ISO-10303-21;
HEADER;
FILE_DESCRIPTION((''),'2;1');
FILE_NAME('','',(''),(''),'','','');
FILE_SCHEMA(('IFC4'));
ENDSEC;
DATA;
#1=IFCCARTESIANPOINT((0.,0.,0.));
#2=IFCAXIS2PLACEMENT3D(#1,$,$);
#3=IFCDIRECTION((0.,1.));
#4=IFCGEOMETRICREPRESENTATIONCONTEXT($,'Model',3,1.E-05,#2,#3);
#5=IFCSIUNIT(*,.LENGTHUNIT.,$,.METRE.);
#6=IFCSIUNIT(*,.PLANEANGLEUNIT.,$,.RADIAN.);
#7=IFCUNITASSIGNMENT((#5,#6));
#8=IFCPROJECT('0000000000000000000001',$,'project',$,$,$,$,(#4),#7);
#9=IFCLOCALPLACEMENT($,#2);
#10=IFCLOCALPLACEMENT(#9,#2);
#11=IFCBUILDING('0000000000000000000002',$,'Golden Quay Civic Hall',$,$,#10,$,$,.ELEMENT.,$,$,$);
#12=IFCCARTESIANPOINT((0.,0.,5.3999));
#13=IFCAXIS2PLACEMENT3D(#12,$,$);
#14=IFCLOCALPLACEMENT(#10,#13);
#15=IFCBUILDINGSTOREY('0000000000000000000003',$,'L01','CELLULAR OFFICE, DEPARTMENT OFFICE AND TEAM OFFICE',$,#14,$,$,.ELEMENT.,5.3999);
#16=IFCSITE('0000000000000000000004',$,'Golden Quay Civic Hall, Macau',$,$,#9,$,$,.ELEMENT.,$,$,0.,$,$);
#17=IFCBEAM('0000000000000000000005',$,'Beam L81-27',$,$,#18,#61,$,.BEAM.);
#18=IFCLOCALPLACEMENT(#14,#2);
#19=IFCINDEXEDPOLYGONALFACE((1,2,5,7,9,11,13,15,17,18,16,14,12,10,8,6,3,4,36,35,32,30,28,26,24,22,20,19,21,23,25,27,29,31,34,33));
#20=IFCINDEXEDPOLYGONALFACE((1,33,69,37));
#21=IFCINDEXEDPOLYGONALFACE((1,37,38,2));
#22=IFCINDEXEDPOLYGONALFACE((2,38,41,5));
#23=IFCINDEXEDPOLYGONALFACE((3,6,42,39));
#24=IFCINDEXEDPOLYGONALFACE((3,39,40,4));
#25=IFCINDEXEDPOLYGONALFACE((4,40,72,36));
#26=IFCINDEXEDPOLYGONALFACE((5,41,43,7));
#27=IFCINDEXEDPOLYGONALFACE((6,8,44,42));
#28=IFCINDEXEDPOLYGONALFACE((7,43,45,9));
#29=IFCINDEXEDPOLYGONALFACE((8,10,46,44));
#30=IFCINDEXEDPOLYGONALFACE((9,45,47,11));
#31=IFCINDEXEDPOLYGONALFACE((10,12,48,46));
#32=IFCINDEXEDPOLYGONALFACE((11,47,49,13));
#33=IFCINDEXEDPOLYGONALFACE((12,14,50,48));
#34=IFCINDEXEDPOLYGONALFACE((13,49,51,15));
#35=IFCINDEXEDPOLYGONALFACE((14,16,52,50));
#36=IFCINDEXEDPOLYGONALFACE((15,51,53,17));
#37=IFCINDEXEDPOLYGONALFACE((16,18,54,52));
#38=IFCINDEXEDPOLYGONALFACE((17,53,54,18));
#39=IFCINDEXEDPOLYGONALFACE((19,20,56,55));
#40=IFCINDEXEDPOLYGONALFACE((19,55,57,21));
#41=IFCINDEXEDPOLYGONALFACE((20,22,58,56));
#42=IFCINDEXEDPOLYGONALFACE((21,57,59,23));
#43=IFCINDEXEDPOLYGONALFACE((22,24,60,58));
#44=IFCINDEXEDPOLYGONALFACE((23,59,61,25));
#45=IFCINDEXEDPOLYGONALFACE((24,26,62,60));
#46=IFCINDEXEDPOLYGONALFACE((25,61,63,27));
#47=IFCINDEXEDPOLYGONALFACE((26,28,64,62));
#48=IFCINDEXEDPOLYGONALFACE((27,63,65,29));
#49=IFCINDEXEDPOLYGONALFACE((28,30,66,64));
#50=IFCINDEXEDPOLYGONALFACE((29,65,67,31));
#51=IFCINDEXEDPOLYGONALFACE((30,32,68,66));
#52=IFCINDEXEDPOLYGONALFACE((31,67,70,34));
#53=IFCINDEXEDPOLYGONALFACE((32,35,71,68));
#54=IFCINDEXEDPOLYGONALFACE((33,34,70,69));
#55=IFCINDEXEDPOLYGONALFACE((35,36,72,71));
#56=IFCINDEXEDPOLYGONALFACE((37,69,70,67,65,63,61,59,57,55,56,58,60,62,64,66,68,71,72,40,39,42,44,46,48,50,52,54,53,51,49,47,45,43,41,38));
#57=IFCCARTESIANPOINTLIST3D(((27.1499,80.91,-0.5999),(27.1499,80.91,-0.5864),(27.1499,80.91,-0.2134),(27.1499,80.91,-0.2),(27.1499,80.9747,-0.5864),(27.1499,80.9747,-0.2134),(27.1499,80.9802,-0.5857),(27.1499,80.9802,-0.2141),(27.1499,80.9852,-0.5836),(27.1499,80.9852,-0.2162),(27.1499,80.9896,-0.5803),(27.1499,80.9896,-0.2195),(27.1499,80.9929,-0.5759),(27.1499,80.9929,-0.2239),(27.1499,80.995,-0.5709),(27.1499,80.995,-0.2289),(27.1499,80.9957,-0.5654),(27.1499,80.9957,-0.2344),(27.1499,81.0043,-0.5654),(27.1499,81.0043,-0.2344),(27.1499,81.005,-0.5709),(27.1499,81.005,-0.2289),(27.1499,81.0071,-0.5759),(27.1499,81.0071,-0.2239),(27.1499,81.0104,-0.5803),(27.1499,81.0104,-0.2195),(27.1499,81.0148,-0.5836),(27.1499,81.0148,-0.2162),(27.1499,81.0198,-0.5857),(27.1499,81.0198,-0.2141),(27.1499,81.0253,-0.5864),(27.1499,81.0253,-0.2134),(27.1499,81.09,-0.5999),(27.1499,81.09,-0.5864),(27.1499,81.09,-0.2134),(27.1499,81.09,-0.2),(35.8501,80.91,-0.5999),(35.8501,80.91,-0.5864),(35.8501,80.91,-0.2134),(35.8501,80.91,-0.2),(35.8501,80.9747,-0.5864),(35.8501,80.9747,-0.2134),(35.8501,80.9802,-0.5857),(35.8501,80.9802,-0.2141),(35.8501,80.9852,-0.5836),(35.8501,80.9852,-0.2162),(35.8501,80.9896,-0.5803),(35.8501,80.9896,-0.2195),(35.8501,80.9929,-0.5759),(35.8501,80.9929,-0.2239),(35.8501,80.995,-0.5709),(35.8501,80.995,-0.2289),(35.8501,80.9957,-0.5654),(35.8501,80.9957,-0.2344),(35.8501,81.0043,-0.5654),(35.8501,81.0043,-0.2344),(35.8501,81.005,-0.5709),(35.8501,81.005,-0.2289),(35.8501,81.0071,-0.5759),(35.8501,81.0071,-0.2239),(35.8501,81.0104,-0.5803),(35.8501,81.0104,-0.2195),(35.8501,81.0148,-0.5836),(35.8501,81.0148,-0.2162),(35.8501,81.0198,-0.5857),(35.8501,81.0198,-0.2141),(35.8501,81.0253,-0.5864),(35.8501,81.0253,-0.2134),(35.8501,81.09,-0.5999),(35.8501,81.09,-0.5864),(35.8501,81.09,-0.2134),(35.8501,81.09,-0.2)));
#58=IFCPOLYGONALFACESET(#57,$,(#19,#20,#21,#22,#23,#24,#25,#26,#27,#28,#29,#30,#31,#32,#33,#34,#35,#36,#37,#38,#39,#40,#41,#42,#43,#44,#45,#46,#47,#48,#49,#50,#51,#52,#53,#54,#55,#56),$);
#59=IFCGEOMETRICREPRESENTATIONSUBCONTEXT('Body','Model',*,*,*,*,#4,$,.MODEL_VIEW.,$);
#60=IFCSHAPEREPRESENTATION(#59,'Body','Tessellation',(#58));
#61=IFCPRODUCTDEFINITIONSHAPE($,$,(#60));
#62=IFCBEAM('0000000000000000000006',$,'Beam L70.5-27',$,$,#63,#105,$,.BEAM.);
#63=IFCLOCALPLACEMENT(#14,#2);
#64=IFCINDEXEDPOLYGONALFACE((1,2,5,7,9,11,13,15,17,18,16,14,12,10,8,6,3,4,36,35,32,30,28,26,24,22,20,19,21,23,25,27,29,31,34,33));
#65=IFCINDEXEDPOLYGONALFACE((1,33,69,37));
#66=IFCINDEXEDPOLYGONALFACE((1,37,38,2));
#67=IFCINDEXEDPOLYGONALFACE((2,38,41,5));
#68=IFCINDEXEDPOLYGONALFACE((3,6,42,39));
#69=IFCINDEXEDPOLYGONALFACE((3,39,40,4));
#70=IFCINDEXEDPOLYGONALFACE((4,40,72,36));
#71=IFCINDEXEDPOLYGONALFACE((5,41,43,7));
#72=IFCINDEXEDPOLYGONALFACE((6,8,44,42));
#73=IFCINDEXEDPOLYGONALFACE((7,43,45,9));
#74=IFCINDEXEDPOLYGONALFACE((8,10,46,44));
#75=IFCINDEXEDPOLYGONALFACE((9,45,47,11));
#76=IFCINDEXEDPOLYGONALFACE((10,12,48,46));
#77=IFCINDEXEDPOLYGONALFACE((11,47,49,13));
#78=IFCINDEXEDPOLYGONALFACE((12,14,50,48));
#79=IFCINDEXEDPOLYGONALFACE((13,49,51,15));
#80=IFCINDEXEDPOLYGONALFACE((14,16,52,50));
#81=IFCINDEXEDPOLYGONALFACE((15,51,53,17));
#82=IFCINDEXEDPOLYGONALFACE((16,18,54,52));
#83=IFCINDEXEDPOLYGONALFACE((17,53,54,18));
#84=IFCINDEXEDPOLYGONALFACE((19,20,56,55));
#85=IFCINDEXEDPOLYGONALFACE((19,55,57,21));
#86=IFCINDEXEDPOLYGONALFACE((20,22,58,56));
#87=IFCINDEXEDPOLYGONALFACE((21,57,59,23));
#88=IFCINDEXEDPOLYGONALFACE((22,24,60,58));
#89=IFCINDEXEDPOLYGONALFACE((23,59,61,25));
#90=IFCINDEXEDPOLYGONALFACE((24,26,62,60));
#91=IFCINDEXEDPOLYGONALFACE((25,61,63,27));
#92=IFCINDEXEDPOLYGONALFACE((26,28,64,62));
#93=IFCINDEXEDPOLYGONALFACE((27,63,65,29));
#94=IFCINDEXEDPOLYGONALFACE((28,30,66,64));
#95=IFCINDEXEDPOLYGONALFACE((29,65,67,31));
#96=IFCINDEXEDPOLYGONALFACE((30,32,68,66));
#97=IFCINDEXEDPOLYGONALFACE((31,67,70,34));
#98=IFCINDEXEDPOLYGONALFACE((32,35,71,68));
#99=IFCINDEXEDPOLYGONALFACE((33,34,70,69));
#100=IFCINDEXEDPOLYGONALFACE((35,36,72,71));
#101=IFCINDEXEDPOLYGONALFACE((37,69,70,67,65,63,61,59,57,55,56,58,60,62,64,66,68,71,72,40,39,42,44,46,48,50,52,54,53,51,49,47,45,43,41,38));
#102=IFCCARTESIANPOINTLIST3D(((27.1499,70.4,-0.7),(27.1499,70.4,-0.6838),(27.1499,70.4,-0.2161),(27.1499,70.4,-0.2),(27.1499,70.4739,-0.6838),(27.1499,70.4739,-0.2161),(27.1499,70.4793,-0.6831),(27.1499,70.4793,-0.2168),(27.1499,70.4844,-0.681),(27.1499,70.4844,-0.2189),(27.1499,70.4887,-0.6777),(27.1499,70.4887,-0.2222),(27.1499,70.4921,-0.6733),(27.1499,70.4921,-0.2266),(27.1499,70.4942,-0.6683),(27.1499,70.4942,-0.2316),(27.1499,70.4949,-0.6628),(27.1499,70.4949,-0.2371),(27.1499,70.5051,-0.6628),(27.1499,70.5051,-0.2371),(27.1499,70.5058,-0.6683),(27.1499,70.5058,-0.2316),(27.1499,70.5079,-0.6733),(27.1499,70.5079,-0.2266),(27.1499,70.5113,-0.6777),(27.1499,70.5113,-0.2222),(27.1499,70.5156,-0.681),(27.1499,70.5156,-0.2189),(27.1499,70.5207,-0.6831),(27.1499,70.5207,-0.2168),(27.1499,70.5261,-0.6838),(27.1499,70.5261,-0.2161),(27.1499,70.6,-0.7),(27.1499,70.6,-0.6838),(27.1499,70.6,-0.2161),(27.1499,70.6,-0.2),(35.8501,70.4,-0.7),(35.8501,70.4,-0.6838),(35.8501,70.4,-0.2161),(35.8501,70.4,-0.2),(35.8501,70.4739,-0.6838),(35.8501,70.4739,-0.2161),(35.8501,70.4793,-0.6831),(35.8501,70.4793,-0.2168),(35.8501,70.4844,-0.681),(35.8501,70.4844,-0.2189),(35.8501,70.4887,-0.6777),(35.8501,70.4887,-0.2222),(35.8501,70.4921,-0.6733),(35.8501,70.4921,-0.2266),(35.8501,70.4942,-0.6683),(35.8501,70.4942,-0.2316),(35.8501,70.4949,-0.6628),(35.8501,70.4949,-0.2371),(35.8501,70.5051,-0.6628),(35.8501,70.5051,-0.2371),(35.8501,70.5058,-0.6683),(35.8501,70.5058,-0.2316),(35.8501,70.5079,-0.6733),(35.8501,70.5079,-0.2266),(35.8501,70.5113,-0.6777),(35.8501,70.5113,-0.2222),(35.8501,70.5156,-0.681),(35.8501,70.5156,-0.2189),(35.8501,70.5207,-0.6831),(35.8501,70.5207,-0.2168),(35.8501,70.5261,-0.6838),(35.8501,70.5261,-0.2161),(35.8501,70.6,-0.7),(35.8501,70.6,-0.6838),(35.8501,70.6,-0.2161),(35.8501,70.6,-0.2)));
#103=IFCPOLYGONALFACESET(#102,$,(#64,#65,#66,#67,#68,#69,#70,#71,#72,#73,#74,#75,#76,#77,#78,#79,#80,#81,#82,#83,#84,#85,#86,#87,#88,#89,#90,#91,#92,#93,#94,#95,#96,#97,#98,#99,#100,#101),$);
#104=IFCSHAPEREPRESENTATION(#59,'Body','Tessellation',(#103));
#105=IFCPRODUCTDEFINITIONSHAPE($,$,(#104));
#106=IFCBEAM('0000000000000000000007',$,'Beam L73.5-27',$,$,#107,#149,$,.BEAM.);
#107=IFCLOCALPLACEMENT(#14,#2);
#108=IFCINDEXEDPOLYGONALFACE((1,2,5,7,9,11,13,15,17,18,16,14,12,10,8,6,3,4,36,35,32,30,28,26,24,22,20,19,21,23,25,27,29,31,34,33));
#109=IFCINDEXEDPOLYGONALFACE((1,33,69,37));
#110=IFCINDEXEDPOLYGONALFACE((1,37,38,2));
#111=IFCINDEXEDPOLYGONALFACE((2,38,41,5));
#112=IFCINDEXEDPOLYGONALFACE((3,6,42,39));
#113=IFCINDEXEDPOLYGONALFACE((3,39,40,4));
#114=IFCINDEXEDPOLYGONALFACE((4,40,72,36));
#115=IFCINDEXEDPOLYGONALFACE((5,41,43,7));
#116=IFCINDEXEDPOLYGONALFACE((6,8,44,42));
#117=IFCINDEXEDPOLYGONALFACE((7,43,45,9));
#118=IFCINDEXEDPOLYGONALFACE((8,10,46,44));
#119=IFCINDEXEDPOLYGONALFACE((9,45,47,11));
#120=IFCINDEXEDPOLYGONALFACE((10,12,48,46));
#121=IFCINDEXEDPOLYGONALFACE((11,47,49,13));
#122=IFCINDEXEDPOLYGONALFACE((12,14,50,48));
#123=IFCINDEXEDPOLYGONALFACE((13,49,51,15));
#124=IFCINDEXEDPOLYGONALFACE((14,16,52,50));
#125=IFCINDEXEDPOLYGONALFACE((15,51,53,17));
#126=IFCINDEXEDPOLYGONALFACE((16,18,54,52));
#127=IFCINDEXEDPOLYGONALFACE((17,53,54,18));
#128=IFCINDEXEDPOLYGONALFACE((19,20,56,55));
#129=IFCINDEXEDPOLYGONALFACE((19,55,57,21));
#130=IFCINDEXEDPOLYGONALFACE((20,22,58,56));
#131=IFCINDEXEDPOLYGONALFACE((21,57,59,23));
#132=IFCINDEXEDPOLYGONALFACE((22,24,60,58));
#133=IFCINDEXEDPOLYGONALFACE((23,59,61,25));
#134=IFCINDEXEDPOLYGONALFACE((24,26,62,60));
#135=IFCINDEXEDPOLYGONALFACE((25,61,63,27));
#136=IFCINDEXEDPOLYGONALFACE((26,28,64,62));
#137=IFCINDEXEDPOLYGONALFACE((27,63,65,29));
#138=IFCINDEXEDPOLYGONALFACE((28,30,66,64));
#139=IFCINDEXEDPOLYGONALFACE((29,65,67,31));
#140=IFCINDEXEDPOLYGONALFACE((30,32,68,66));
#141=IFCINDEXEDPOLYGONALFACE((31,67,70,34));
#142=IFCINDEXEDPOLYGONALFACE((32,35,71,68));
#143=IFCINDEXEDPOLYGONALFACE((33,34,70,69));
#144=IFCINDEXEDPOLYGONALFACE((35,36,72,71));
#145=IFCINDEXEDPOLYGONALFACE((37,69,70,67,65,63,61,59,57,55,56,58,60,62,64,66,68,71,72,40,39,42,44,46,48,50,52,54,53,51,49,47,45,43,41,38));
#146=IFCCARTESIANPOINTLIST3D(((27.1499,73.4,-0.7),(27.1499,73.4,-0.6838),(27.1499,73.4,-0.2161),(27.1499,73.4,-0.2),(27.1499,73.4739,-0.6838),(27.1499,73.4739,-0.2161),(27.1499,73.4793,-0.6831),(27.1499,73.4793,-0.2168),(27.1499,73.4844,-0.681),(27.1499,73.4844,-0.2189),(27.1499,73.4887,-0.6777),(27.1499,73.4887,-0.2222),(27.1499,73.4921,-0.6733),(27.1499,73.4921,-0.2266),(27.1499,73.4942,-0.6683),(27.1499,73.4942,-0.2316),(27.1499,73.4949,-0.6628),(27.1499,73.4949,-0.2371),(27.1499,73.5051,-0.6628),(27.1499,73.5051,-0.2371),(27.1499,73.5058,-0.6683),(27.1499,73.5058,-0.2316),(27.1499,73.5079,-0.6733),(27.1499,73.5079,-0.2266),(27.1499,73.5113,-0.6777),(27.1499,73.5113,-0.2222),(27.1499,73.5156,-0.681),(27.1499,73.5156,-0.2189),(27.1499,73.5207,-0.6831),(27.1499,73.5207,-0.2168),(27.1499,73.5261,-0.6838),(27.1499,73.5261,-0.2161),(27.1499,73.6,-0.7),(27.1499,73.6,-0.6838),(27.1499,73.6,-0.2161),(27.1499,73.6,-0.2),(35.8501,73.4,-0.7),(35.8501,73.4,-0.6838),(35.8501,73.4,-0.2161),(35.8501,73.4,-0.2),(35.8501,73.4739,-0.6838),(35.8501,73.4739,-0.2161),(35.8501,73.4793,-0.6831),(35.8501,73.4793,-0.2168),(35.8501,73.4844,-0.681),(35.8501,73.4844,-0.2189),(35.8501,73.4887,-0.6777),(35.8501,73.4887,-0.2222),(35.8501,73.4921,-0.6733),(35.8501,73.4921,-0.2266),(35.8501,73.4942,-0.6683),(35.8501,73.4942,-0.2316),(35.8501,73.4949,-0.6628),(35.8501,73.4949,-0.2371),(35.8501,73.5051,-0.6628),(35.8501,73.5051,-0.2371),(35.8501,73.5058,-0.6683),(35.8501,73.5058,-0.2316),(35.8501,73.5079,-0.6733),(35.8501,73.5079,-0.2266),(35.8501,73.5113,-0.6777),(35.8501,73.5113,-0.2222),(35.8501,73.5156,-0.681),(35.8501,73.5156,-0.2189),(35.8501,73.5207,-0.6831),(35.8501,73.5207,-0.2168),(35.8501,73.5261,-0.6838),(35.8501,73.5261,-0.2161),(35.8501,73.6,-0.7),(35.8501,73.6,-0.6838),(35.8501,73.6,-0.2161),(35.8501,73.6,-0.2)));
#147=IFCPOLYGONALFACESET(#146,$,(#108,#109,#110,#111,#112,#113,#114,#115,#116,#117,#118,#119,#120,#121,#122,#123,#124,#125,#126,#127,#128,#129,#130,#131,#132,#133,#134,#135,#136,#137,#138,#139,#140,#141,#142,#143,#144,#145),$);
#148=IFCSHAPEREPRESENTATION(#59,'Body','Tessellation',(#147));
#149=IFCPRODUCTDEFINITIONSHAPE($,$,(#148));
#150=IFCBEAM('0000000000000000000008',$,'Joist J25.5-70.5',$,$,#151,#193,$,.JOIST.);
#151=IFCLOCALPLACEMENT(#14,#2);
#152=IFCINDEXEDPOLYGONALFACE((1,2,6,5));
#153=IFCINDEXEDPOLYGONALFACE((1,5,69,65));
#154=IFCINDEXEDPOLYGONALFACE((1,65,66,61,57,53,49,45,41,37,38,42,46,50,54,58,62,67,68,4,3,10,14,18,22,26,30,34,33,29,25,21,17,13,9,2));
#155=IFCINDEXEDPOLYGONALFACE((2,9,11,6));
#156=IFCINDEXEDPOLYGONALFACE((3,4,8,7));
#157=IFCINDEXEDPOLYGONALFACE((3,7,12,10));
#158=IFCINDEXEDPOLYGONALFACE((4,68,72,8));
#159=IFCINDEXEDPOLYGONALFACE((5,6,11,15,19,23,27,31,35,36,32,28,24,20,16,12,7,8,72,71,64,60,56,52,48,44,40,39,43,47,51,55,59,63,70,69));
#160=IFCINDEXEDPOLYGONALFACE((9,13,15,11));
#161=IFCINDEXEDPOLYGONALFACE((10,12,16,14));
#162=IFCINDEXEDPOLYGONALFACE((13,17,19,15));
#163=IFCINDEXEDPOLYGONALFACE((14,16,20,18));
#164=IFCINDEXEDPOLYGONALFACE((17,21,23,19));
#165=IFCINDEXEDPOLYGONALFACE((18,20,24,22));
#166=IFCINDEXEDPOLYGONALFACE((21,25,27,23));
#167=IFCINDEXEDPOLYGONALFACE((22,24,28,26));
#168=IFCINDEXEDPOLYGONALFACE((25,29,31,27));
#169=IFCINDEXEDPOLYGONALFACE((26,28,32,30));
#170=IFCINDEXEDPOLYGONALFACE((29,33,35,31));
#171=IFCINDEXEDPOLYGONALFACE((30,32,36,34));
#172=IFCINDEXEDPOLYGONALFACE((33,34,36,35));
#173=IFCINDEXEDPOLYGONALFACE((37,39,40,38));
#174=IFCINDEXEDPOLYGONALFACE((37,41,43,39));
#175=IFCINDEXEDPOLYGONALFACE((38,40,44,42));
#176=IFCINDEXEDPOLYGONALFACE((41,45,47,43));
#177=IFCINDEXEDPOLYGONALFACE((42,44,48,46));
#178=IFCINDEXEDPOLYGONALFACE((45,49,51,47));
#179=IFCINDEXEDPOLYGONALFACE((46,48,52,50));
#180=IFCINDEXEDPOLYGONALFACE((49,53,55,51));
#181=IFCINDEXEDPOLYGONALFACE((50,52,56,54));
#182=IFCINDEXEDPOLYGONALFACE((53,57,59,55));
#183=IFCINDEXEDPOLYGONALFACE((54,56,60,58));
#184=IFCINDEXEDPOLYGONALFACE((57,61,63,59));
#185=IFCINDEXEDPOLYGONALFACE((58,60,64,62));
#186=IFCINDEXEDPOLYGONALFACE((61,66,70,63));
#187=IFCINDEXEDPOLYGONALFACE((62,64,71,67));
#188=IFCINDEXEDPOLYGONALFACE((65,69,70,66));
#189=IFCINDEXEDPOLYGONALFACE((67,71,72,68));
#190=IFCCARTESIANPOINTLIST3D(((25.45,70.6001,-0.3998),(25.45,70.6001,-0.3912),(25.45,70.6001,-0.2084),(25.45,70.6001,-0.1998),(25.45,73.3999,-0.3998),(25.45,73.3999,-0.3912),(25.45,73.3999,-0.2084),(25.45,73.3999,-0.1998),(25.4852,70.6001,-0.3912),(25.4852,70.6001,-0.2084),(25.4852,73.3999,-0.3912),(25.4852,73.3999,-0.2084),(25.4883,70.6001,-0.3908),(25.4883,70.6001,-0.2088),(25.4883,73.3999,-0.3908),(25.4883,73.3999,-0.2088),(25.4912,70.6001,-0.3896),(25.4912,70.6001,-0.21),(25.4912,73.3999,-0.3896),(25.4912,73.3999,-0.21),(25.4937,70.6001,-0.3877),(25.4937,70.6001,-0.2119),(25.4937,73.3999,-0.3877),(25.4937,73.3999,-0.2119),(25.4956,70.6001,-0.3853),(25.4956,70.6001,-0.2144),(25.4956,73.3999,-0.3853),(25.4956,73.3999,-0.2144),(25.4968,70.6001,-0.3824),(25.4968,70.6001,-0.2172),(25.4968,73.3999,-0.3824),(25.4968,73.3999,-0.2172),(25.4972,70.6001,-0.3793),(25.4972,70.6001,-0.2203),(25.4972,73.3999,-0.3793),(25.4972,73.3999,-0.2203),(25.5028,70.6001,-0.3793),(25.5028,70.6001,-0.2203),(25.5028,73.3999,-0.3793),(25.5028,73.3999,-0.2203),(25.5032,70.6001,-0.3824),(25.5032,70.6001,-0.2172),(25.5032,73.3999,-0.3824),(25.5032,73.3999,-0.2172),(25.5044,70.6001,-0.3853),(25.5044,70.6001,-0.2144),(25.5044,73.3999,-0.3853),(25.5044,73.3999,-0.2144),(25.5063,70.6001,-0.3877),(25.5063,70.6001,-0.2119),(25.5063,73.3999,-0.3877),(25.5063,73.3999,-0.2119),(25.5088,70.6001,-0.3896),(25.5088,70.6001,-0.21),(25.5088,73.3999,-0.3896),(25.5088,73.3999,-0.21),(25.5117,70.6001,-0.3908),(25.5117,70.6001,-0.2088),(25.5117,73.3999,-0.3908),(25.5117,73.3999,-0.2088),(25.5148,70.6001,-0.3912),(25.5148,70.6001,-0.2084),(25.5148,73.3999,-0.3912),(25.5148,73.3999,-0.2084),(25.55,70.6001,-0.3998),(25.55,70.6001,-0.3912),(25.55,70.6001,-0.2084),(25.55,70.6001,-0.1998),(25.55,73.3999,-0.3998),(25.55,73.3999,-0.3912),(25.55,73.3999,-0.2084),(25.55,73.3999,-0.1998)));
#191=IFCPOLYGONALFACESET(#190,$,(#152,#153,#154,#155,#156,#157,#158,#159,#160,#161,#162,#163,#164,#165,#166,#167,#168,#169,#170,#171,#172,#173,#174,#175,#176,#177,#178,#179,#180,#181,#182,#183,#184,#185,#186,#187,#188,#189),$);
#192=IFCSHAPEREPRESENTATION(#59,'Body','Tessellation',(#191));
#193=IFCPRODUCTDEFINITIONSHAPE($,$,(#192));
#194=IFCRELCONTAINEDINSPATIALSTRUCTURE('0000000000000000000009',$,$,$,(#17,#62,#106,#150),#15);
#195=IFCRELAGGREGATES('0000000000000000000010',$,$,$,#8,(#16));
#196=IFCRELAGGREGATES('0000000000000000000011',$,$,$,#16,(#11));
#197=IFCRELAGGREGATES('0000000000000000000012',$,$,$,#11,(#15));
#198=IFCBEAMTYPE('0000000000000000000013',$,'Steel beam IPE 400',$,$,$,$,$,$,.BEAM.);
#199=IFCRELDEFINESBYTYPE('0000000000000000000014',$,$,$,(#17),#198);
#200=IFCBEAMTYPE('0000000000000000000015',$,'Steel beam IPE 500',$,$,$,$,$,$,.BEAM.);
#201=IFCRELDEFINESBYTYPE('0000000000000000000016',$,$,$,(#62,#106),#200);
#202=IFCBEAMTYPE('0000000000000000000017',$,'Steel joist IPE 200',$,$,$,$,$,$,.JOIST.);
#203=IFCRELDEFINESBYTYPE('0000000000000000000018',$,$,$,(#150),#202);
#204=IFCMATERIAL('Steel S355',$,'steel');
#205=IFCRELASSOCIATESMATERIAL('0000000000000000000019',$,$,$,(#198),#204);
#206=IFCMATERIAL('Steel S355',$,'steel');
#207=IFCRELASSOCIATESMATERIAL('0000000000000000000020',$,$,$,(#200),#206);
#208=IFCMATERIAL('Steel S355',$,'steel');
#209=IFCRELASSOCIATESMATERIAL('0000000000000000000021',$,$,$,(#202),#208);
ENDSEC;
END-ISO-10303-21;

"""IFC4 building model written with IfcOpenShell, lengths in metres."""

from ifc_helpers import new_model, si_unit, direction, frame, origin, origin_2d, place, context, subcontext, project, spatial, i_section, extrude, material, material_profile, profile_set, type_object, element, save


model = new_model("IFC4")

# Units and contexts
model_context = context("Model", 3, precision=1e-05, world=origin(), true_north=direction((0.0, 1.0)))
body_context = subcontext(model_context, "Body", "Model", "MODEL_VIEW")
ifc_project = project(units=[si_unit("LENGTHUNIT", "METRE"), si_unit("PLANEANGLEUNIT", "RADIAN")], contexts=[model_context])

# Site, building, storey
site_placement = place(None, origin())
site = spatial("IfcSite", under=ifc_project, at=site_placement, Name="Golden Quay Civic Hall, Macau", CompositionType="ELEMENT", RefElevation=0.0)
building_placement = place(site_placement, origin())
building = spatial("IfcBuilding", under=site, at=building_placement, Name="Golden Quay Civic Hall", CompositionType="ELEMENT")
storey_placement = place(building_placement, frame((0.0, 0.0, 5.3999)))
storey = spatial("IfcBuildingStorey", under=building, at=storey_placement, Name="L01", Description="CELLULAR OFFICE, DEPARTMENT OFFICE AND TEAM OFFICE", CompositionType="ELEMENT", Elevation=5.3999)

# Beams
ifc_material_1 = material(Name="Steel S355", Category="steel")
ifc_material_profile_1 = material_profile(ifc_material_1, i_section(OverallWidth=0.1799, OverallDepth=0.3999, WebThickness=0.0085, FlangeThickness=0.0134, FilletRadius=0.021, at=origin_2d()), Name="IPE 400")
ifc_profile_set_1 = profile_set([ifc_material_profile_1], Name="Steel S355")
beam_type_1 = type_object("IfcBeamType", Name="Steel beam IPE 400", PredefinedType="BEAM", material=ifc_profile_set_1)
beam_1_placement = place(storey_placement, frame((27.1499, 81.0, -0.3999), z_axis=(1.0, 0.0, 0.0), x_axis=(0.0, 1.0, 0.0)))
element("IfcBeam", 1, at=beam_1_placement, inside=storey, type_object=beam_type_1, Name="Beam L81-27", PredefinedType="BEAM", context=body_context, shape_type="SweptSolid", body=[
    extrude(i_section(OverallWidth=0.1799, OverallDepth=0.3999, WebThickness=0.0085, FlangeThickness=0.0134, FilletRadius=0.021, at=origin_2d()), origin(), (0.0, 0.0, 1.0), 8.7002),
])
ifc_material_2 = material(Name="Steel S355", Category="steel")
ifc_material_profile_2 = material_profile(ifc_material_2, i_section(OverallWidth=0.2, OverallDepth=0.5, WebThickness=0.0103, FlangeThickness=0.0161, FilletRadius=0.021, at=origin_2d()), Name="IPE 500")
ifc_profile_set_2 = profile_set([ifc_material_profile_2], Name="Steel S355")
beam_type_2 = type_object("IfcBeamType", Name="Steel beam IPE 500", PredefinedType="BEAM", material=ifc_profile_set_2)
for number, where, z_axis, x_axis, name in (
    (2, (27.1499, 70.5, -0.45), (1.0, 0.0, 0.0), (0.0, 1.0, 0.0), "Beam L70.5-27"),
    (3, (27.1499, 73.5, -0.45), (1.0, 0.0, 0.0), (0.0, 1.0, 0.0), "Beam L73.5-27"),
):
    element("IfcBeam", number, at=place(storey_placement, frame(where, z_axis=z_axis, x_axis=x_axis)), inside=storey, type_object=beam_type_2, Name=name, PredefinedType="BEAM", context=body_context, shape_type="SweptSolid", body=[
        extrude(i_section(OverallWidth=0.2, OverallDepth=0.5, WebThickness=0.0103, FlangeThickness=0.0161, FilletRadius=0.021, at=origin_2d()), origin(), (0.0, 0.0, 1.0), 8.7002),
    ])
ifc_material_3 = material(Name="Steel S355", Category="steel")
ifc_material_profile_3 = material_profile(ifc_material_3, i_section(OverallWidth=0.1001, OverallDepth=0.2, WebThickness=0.0056, FlangeThickness=0.0085, FilletRadius=0.012, at=origin_2d()), Name="IPE 200")
ifc_profile_set_3 = profile_set([ifc_material_profile_3], Name="Steel S355")
beam_type_3 = type_object("IfcBeamType", Name="Steel joist IPE 200", PredefinedType="JOIST", material=ifc_profile_set_3)
for number, where, z_axis, x_axis, name in (
    (4, (25.5, 70.6001, -0.2998), (0.0, 1.0, 0.0), (-1.0, 0.0, 0.0), "Joist J25.5-70.5"),
):
    element("IfcBeam", number, at=place(storey_placement, frame(where, z_axis=z_axis, x_axis=x_axis)), inside=storey, type_object=beam_type_3, Name=name, PredefinedType="JOIST", context=body_context, shape_type="SweptSolid", body=[
        extrude(i_section(OverallWidth=0.1001, OverallDepth=0.2, WebThickness=0.0056, FlangeThickness=0.0085, FilletRadius=0.012, at=origin_2d()), origin(), (0.0, 0.0, 1.0), 2.7998),
    ])

save(model, "model.ifc")
